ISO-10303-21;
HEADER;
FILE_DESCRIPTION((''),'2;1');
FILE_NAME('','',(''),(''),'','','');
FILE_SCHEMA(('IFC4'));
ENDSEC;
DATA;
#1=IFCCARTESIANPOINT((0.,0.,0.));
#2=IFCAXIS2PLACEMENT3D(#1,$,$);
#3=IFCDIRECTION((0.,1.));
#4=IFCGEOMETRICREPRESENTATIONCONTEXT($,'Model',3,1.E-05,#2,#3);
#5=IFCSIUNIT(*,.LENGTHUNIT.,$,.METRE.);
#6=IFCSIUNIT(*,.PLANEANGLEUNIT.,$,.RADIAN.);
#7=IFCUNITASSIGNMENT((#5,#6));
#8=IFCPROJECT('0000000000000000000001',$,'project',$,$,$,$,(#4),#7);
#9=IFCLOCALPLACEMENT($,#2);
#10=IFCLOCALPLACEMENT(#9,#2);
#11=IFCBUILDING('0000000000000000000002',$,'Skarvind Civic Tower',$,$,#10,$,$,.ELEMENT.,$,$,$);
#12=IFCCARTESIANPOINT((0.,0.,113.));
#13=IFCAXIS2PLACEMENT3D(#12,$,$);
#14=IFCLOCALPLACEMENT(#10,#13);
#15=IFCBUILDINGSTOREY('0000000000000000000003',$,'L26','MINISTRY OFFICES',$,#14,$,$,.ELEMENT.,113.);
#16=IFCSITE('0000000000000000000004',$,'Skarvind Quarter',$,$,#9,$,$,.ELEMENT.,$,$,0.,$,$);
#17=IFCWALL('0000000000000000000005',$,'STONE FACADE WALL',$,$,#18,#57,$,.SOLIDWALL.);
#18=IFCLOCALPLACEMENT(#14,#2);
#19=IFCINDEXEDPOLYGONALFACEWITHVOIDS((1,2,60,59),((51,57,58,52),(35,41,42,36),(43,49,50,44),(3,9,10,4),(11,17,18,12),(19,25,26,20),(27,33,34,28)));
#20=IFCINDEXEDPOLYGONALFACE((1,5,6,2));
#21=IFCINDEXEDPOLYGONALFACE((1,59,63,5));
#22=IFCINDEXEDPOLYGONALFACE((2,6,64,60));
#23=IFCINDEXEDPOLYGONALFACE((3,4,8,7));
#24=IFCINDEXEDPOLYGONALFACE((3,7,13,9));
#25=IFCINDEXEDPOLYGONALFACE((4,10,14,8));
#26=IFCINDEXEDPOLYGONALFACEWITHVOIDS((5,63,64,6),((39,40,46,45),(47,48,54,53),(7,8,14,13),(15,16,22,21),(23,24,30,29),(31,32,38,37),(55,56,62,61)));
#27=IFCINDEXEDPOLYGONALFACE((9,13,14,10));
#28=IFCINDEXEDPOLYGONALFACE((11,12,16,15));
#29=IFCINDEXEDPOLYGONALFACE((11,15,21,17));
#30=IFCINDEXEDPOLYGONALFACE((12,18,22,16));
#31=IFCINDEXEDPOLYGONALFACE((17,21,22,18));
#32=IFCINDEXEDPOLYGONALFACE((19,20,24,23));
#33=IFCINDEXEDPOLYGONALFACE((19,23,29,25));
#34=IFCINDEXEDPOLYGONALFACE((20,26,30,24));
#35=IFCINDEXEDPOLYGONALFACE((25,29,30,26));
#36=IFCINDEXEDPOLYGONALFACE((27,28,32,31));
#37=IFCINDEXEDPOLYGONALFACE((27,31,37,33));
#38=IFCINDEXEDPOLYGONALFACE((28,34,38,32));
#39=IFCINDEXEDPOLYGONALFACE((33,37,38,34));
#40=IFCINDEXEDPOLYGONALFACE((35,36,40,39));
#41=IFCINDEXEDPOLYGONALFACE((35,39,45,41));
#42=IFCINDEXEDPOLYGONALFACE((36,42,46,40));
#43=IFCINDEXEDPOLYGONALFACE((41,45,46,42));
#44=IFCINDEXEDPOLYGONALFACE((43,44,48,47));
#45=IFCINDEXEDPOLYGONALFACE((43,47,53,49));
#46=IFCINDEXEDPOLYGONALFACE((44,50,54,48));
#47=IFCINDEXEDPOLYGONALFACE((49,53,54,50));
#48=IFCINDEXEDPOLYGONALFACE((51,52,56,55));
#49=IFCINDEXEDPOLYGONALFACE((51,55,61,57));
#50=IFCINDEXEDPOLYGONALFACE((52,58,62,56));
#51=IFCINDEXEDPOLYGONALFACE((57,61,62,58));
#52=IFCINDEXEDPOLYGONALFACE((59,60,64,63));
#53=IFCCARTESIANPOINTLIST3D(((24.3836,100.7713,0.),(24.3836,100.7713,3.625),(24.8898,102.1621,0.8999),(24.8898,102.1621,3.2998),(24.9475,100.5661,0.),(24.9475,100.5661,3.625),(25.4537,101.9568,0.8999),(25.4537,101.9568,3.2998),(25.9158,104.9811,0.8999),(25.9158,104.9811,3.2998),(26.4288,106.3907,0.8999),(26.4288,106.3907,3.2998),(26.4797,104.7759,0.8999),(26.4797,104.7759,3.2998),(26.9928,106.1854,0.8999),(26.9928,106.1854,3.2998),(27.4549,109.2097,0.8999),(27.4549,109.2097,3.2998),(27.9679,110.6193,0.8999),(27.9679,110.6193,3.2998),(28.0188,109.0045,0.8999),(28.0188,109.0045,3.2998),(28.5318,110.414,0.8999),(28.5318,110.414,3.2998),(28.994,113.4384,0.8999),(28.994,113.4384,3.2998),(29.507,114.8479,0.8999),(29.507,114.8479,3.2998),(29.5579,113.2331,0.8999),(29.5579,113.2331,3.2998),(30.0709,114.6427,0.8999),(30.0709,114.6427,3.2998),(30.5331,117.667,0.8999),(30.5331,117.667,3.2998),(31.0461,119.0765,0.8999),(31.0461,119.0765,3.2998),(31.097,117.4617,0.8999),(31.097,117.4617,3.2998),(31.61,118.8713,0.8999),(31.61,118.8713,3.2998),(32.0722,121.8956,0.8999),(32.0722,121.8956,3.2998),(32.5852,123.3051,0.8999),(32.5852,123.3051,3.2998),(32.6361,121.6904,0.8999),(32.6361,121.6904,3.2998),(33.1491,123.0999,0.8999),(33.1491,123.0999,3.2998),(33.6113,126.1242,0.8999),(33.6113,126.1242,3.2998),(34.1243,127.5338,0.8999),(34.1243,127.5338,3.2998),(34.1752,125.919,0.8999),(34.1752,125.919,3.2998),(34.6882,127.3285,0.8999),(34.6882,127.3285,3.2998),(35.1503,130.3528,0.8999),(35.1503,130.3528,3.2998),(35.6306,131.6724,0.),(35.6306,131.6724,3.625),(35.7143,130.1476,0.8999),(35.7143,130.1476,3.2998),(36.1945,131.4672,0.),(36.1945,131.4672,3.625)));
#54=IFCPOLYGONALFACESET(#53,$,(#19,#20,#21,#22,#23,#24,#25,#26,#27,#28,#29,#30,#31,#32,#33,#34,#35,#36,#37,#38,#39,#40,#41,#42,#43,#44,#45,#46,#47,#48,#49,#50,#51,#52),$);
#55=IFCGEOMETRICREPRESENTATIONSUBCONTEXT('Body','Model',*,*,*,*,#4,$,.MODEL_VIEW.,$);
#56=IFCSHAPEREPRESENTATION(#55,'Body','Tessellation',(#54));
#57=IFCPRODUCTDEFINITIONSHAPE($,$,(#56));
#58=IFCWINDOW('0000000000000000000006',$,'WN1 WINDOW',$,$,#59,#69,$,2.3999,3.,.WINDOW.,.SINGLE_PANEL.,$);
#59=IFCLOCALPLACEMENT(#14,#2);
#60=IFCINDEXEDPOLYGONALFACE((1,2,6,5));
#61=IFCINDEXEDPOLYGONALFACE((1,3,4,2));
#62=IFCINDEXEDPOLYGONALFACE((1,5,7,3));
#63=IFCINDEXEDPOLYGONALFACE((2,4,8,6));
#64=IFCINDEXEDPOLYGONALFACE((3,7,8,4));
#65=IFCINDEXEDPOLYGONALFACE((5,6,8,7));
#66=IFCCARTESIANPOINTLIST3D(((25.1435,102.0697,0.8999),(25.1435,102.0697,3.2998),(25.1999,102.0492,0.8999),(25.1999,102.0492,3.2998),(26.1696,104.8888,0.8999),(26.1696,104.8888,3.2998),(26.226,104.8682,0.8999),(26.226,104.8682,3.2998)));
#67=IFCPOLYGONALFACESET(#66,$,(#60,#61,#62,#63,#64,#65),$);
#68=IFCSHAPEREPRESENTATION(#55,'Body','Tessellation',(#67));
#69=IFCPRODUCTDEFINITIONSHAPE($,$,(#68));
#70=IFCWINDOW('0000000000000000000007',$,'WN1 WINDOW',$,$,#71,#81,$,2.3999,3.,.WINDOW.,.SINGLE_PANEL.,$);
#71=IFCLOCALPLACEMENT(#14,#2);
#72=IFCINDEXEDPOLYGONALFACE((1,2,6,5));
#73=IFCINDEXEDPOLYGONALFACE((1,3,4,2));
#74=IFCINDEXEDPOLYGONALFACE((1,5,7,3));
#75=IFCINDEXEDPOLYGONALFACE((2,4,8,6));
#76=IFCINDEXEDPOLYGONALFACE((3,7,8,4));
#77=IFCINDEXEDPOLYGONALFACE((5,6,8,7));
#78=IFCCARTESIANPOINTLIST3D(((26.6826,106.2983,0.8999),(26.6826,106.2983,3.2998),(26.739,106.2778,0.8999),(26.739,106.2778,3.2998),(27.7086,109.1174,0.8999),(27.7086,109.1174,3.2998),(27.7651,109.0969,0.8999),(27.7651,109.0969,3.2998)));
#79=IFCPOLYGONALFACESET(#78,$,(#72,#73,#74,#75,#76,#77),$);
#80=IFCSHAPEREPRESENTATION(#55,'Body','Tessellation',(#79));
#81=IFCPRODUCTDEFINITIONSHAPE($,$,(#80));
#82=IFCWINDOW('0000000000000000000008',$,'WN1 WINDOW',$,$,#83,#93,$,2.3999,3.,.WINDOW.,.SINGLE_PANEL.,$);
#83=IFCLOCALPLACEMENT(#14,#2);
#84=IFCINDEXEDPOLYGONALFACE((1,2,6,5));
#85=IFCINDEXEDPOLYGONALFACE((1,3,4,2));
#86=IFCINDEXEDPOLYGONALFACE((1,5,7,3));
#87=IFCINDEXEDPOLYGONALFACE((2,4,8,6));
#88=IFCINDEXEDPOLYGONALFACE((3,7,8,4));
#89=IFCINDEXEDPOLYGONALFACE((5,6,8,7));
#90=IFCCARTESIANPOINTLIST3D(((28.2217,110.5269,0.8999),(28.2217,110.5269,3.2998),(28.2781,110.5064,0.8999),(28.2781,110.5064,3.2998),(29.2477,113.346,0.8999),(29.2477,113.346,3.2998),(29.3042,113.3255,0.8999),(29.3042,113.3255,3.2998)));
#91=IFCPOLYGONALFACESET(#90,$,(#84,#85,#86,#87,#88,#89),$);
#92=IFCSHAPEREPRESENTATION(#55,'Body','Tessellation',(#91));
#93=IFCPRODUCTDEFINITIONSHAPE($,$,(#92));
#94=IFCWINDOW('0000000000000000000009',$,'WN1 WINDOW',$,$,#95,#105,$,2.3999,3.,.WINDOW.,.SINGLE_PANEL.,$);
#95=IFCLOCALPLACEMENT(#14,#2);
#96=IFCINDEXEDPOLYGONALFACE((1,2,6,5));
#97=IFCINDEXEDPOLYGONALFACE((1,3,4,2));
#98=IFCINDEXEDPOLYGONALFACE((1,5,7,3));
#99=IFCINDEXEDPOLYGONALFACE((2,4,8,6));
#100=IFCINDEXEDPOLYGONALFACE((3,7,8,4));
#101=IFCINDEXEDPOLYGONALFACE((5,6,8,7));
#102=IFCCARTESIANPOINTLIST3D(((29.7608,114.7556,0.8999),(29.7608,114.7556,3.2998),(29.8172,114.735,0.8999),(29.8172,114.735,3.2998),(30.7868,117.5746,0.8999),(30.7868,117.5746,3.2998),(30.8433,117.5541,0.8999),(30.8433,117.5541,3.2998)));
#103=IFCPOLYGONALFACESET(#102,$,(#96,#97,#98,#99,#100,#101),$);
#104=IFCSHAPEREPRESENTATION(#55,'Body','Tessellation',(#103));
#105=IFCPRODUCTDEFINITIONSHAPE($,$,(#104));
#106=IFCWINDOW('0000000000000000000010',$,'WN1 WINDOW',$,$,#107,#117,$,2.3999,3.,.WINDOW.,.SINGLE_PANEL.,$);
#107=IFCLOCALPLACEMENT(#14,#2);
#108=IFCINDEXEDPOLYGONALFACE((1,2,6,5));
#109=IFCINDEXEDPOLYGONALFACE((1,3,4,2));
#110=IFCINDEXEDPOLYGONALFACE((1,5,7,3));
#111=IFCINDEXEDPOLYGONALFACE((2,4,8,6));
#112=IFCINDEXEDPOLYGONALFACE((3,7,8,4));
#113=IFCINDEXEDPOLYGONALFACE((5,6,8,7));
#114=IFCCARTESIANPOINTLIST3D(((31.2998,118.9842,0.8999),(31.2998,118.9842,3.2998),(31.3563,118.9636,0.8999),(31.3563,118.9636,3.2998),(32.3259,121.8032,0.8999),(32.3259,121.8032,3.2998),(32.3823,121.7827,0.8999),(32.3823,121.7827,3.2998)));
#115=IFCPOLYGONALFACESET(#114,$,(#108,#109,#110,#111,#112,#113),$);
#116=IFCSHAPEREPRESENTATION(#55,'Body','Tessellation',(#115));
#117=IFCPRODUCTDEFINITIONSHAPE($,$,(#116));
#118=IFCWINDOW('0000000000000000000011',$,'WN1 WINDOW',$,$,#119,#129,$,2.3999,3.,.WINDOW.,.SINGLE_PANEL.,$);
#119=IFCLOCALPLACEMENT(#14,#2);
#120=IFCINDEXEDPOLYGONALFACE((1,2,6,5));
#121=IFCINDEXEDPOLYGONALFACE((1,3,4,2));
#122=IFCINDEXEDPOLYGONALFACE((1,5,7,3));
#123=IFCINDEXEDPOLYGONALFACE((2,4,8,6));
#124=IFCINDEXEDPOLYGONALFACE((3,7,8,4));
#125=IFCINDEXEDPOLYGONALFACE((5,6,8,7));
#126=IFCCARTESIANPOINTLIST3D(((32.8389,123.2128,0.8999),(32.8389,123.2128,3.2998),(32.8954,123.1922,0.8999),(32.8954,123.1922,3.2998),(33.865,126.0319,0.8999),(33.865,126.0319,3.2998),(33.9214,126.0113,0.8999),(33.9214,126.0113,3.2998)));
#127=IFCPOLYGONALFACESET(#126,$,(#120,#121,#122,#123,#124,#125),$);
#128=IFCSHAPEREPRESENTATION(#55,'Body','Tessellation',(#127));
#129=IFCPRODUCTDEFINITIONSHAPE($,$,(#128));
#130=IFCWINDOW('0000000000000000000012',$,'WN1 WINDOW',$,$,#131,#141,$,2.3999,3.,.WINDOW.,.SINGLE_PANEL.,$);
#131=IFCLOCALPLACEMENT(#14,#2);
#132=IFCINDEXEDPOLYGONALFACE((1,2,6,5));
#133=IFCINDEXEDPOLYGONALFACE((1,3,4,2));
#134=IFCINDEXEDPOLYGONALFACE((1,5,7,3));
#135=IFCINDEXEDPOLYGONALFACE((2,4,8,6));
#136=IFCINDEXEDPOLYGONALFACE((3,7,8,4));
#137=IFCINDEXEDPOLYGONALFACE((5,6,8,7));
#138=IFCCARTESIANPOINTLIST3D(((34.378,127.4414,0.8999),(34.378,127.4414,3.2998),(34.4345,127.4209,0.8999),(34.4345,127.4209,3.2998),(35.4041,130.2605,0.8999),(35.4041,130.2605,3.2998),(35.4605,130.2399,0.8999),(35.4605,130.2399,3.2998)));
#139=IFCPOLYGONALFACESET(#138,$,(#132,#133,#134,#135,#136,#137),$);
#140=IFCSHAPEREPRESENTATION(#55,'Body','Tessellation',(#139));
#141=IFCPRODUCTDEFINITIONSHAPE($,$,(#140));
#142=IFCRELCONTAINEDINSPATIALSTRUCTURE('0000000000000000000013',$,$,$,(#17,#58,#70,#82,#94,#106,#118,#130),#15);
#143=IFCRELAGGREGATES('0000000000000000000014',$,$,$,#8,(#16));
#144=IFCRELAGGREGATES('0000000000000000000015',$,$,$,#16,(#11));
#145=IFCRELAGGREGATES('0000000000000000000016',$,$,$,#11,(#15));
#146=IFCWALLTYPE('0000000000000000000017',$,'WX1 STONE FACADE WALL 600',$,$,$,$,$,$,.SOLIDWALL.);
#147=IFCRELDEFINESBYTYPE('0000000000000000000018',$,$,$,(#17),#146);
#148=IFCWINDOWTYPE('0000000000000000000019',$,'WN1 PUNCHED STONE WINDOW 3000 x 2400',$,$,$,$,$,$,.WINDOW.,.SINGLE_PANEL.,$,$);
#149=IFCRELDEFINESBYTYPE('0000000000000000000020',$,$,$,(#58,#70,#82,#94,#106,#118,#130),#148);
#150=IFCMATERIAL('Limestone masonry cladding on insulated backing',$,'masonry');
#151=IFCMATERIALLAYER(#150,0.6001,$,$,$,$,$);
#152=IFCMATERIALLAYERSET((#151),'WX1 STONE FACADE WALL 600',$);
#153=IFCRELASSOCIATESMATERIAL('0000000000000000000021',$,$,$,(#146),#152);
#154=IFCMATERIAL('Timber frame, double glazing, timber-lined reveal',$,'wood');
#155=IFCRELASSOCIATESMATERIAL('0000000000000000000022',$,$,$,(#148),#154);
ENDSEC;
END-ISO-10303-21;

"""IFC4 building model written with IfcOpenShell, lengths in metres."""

from ifc_helpers import new_model, si_unit, direction, frame, frame_2d, origin, place, context, subcontext, project, spatial, rectangle, extrude, material, layer, layer_set, type_object, element, fill, save


model = new_model("IFC4")

# Units and contexts
model_context = context("Model", 3, precision=1e-05, world=origin(), true_north=direction((0.0, 1.0)))
body_context = subcontext(model_context, "Body", "Model", "MODEL_VIEW")
ifc_project = project(units=[si_unit("LENGTHUNIT", "METRE"), si_unit("PLANEANGLEUNIT", "RADIAN")], contexts=[model_context])

# Site, building, storey
site_placement = place(None, origin())
site = spatial("IfcSite", under=ifc_project, at=site_placement, Name="Skarvind Quarter", CompositionType="ELEMENT", RefElevation=0.0)
building_placement = place(site_placement, origin())
building = spatial("IfcBuilding", under=site, at=building_placement, Name="Skarvind Civic Tower", CompositionType="ELEMENT")
storey_placement = place(building_placement, frame((0.0, 0.0, 113.0)))
storey = spatial("IfcBuildingStorey", under=building, at=storey_placement, Name="L26", Description="MINISTRY OFFICES", CompositionType="ELEMENT", Elevation=113.0)

# Wall, openings, windows
ifc_material_1 = material(Name="Limestone masonry cladding on insulated backing", Category="masonry")
ifc_layer_1 = layer(ifc_material_1, 0.6001)
ifc_layer_set_1 = layer_set([ifc_layer_1], Name="WX1 STONE FACADE WALL 600")
wall_type_1 = type_object("IfcWallType", Name="WX1 STONE FACADE WALL 600", PredefinedType="SOLIDWALL", material=ifc_layer_set_1)
wall_1_placement = place(storey_placement, frame((24.6655, 100.6687, 0.0), z_axis=(0.0, 0.0, 1.0), x_axis=(0.34202, 0.939693, 0.0)))
wall_1 = element("IfcWall", 1, at=wall_1_placement, inside=storey, type_object=wall_type_1, Name="STONE FACADE WALL", PredefinedType="SOLIDWALL", context=body_context, shape_type="SweptSolid", body=[
    extrude(rectangle(XDim=32.8843, YDim=0.6001, at=frame_2d((16.4421, 0.0))), origin(), (0.0, 0.0, 1.0), 3.625),
])
opening_1_placement = place(wall_1_placement, frame((1.48, 0.0, 0.8999)))
opening_1 = element("IfcOpeningElement", 2, at=opening_1_placement, cuts=wall_1, PredefinedType="OPENING", context=body_context, shape_type="SweptSolid", body=[
    extrude(rectangle(XDim=3.0, YDim=2.3999, at=frame_2d((1.5, 1.2))), frame((0.0, 0.3101, 0.0), z_axis=(0.0, -1.0, 0.0), x_axis=(1.0, 0.0, 0.0)), (0.0, 0.0, 1.0), 0.6201),
])
opening_2_placement = place(wall_1_placement, frame((5.98, 0.0, 0.8999)))
opening_2 = element("IfcOpeningElement", 3, at=opening_2_placement, cuts=wall_1, PredefinedType="OPENING", context=body_context, shape_type="SweptSolid", body=[
    extrude(rectangle(XDim=3.0, YDim=2.3999, at=frame_2d((1.5, 1.2))), frame((0.0, 0.3101, 0.0), z_axis=(0.0, -1.0, 0.0), x_axis=(1.0, 0.0, 0.0)), (0.0, 0.0, 1.0), 0.6201),
])
opening_3_placement = place(wall_1_placement, frame((10.48, 0.0, 0.8999)))
opening_3 = element("IfcOpeningElement", 4, at=opening_3_placement, cuts=wall_1, PredefinedType="OPENING", context=body_context, shape_type="SweptSolid", body=[
    extrude(rectangle(XDim=3.0, YDim=2.3999, at=frame_2d((1.5, 1.2))), frame((0.0, 0.3101, 0.0), z_axis=(0.0, -1.0, 0.0), x_axis=(1.0, 0.0, 0.0)), (0.0, 0.0, 1.0), 0.6201),
])
opening_4_placement = place(wall_1_placement, frame((14.98, 0.0, 0.8999)))
opening_4 = element("IfcOpeningElement", 5, at=opening_4_placement, cuts=wall_1, PredefinedType="OPENING", context=body_context, shape_type="SweptSolid", body=[
    extrude(rectangle(XDim=3.0, YDim=2.3999, at=frame_2d((1.5, 1.2))), frame((0.0, 0.3101, 0.0), z_axis=(0.0, -1.0, 0.0), x_axis=(1.0, 0.0, 0.0)), (0.0, 0.0, 1.0), 0.6201),
])
opening_5_placement = place(wall_1_placement, frame((19.48, 0.0, 0.8999)))
opening_5 = element("IfcOpeningElement", 6, at=opening_5_placement, cuts=wall_1, PredefinedType="OPENING", context=body_context, shape_type="SweptSolid", body=[
    extrude(rectangle(XDim=3.0, YDim=2.3999, at=frame_2d((1.5, 1.2))), frame((0.0, 0.3101, 0.0), z_axis=(0.0, -1.0, 0.0), x_axis=(1.0, 0.0, 0.0)), (0.0, 0.0, 1.0), 0.6201),
])
opening_6_placement = place(wall_1_placement, frame((23.98, 0.0, 0.8999)))
opening_6 = element("IfcOpeningElement", 7, at=opening_6_placement, cuts=wall_1, PredefinedType="OPENING", context=body_context, shape_type="SweptSolid", body=[
    extrude(rectangle(XDim=3.0, YDim=2.3999, at=frame_2d((1.5, 1.2))), frame((0.0, 0.3101, 0.0), z_axis=(0.0, -1.0, 0.0), x_axis=(1.0, 0.0, 0.0)), (0.0, 0.0, 1.0), 0.6201),
])
opening_7_placement = place(wall_1_placement, frame((28.48, 0.0, 0.8999)))
opening_7 = element("IfcOpeningElement", 8, at=opening_7_placement, cuts=wall_1, PredefinedType="OPENING", context=body_context, shape_type="SweptSolid", body=[
    extrude(rectangle(XDim=3.0, YDim=2.3999, at=frame_2d((1.5, 1.2))), frame((0.0, 0.3101, 0.0), z_axis=(0.0, -1.0, 0.0), x_axis=(1.0, 0.0, 0.0)), (0.0, 0.0, 1.0), 0.6201),
])
ifc_material_2 = material(Name="Timber frame, double glazing, timber-lined reveal", Category="wood")
window_type = type_object("IfcWindowType", Name="WN1 PUNCHED STONE WINDOW 3000 x 2400", PartitioningType="SINGLE_PANEL", PredefinedType="WINDOW", material=ifc_material_2)
window_1_placement = place(opening_1_placement, origin())
window_1 = element("IfcWindow", 9, at=window_1_placement, inside=storey, type_object=window_type, Name="WN1 WINDOW", OverallHeight=2.3999, OverallWidth=3.0, PartitioningType="SINGLE_PANEL", PredefinedType="WINDOW", context=body_context, shape_type="SweptSolid", body=[
    extrude(rectangle(XDim=3.0, YDim=2.3999, at=frame_2d((1.5, 1.2))), frame((0.0, 0.03, 0.0), z_axis=(0.0, -1.0, 0.0), x_axis=(1.0, 0.0, 0.0)), (0.0, 0.0, 1.0), 0.0601),
])
fill(opening_1, window_1)
window_2_placement = place(opening_2_placement, origin())
window_2 = element("IfcWindow", 10, at=window_2_placement, inside=storey, type_object=window_type, Name="WN1 WINDOW", OverallHeight=2.3999, OverallWidth=3.0, PartitioningType="SINGLE_PANEL", PredefinedType="WINDOW", context=body_context, shape_type="SweptSolid", body=[
    extrude(rectangle(XDim=3.0, YDim=2.3999, at=frame_2d((1.5, 1.2))), frame((0.0, 0.03, 0.0), z_axis=(0.0, -1.0, 0.0), x_axis=(1.0, 0.0, 0.0)), (0.0, 0.0, 1.0), 0.0601),
])
fill(opening_2, window_2)
window_3_placement = place(opening_3_placement, origin())
window_3 = element("IfcWindow", 11, at=window_3_placement, inside=storey, type_object=window_type, Name="WN1 WINDOW", OverallHeight=2.3999, OverallWidth=3.0, PartitioningType="SINGLE_PANEL", PredefinedType="WINDOW", context=body_context, shape_type="SweptSolid", body=[
    extrude(rectangle(XDim=3.0, YDim=2.3999, at=frame_2d((1.5, 1.2))), frame((0.0, 0.03, 0.0), z_axis=(0.0, -1.0, 0.0), x_axis=(1.0, 0.0, 0.0)), (0.0, 0.0, 1.0), 0.0601),
])
fill(opening_3, window_3)
window_4_placement = place(opening_4_placement, origin())
window_4 = element("IfcWindow", 12, at=window_4_placement, inside=storey, type_object=window_type, Name="WN1 WINDOW", OverallHeight=2.3999, OverallWidth=3.0, PartitioningType="SINGLE_PANEL", PredefinedType="WINDOW", context=body_context, shape_type="SweptSolid", body=[
    extrude(rectangle(XDim=3.0, YDim=2.3999, at=frame_2d((1.5, 1.2))), frame((0.0, 0.03, 0.0), z_axis=(0.0, -1.0, 0.0), x_axis=(1.0, 0.0, 0.0)), (0.0, 0.0, 1.0), 0.0601),
])
fill(opening_4, window_4)
window_5_placement = place(opening_5_placement, origin())
window_5 = element("IfcWindow", 13, at=window_5_placement, inside=storey, type_object=window_type, Name="WN1 WINDOW", OverallHeight=2.3999, OverallWidth=3.0, PartitioningType="SINGLE_PANEL", PredefinedType="WINDOW", context=body_context, shape_type="SweptSolid", body=[
    extrude(rectangle(XDim=3.0, YDim=2.3999, at=frame_2d((1.5, 1.2))), frame((0.0, 0.03, 0.0), z_axis=(0.0, -1.0, 0.0), x_axis=(1.0, 0.0, 0.0)), (0.0, 0.0, 1.0), 0.0601),
])
fill(opening_5, window_5)
window_6_placement = place(opening_6_placement, origin())
window_6 = element("IfcWindow", 14, at=window_6_placement, inside=storey, type_object=window_type, Name="WN1 WINDOW", OverallHeight=2.3999, OverallWidth=3.0, PartitioningType="SINGLE_PANEL", PredefinedType="WINDOW", context=body_context, shape_type="SweptSolid", body=[
    extrude(rectangle(XDim=3.0, YDim=2.3999, at=frame_2d((1.5, 1.2))), frame((0.0, 0.03, 0.0), z_axis=(0.0, -1.0, 0.0), x_axis=(1.0, 0.0, 0.0)), (0.0, 0.0, 1.0), 0.0601),
])
fill(opening_6, window_6)
window_7_placement = place(opening_7_placement, origin())
window_7 = element("IfcWindow", 15, at=window_7_placement, inside=storey, type_object=window_type, Name="WN1 WINDOW", OverallHeight=2.3999, OverallWidth=3.0, PartitioningType="SINGLE_PANEL", PredefinedType="WINDOW", context=body_context, shape_type="SweptSolid", body=[
    extrude(rectangle(XDim=3.0, YDim=2.3999, at=frame_2d((1.5, 1.2))), frame((0.0, 0.03, 0.0), z_axis=(0.0, -1.0, 0.0), x_axis=(1.0, 0.0, 0.0)), (0.0, 0.0, 1.0), 0.0601),
])
fill(opening_7, window_7)

save(model, "model.ifc")
